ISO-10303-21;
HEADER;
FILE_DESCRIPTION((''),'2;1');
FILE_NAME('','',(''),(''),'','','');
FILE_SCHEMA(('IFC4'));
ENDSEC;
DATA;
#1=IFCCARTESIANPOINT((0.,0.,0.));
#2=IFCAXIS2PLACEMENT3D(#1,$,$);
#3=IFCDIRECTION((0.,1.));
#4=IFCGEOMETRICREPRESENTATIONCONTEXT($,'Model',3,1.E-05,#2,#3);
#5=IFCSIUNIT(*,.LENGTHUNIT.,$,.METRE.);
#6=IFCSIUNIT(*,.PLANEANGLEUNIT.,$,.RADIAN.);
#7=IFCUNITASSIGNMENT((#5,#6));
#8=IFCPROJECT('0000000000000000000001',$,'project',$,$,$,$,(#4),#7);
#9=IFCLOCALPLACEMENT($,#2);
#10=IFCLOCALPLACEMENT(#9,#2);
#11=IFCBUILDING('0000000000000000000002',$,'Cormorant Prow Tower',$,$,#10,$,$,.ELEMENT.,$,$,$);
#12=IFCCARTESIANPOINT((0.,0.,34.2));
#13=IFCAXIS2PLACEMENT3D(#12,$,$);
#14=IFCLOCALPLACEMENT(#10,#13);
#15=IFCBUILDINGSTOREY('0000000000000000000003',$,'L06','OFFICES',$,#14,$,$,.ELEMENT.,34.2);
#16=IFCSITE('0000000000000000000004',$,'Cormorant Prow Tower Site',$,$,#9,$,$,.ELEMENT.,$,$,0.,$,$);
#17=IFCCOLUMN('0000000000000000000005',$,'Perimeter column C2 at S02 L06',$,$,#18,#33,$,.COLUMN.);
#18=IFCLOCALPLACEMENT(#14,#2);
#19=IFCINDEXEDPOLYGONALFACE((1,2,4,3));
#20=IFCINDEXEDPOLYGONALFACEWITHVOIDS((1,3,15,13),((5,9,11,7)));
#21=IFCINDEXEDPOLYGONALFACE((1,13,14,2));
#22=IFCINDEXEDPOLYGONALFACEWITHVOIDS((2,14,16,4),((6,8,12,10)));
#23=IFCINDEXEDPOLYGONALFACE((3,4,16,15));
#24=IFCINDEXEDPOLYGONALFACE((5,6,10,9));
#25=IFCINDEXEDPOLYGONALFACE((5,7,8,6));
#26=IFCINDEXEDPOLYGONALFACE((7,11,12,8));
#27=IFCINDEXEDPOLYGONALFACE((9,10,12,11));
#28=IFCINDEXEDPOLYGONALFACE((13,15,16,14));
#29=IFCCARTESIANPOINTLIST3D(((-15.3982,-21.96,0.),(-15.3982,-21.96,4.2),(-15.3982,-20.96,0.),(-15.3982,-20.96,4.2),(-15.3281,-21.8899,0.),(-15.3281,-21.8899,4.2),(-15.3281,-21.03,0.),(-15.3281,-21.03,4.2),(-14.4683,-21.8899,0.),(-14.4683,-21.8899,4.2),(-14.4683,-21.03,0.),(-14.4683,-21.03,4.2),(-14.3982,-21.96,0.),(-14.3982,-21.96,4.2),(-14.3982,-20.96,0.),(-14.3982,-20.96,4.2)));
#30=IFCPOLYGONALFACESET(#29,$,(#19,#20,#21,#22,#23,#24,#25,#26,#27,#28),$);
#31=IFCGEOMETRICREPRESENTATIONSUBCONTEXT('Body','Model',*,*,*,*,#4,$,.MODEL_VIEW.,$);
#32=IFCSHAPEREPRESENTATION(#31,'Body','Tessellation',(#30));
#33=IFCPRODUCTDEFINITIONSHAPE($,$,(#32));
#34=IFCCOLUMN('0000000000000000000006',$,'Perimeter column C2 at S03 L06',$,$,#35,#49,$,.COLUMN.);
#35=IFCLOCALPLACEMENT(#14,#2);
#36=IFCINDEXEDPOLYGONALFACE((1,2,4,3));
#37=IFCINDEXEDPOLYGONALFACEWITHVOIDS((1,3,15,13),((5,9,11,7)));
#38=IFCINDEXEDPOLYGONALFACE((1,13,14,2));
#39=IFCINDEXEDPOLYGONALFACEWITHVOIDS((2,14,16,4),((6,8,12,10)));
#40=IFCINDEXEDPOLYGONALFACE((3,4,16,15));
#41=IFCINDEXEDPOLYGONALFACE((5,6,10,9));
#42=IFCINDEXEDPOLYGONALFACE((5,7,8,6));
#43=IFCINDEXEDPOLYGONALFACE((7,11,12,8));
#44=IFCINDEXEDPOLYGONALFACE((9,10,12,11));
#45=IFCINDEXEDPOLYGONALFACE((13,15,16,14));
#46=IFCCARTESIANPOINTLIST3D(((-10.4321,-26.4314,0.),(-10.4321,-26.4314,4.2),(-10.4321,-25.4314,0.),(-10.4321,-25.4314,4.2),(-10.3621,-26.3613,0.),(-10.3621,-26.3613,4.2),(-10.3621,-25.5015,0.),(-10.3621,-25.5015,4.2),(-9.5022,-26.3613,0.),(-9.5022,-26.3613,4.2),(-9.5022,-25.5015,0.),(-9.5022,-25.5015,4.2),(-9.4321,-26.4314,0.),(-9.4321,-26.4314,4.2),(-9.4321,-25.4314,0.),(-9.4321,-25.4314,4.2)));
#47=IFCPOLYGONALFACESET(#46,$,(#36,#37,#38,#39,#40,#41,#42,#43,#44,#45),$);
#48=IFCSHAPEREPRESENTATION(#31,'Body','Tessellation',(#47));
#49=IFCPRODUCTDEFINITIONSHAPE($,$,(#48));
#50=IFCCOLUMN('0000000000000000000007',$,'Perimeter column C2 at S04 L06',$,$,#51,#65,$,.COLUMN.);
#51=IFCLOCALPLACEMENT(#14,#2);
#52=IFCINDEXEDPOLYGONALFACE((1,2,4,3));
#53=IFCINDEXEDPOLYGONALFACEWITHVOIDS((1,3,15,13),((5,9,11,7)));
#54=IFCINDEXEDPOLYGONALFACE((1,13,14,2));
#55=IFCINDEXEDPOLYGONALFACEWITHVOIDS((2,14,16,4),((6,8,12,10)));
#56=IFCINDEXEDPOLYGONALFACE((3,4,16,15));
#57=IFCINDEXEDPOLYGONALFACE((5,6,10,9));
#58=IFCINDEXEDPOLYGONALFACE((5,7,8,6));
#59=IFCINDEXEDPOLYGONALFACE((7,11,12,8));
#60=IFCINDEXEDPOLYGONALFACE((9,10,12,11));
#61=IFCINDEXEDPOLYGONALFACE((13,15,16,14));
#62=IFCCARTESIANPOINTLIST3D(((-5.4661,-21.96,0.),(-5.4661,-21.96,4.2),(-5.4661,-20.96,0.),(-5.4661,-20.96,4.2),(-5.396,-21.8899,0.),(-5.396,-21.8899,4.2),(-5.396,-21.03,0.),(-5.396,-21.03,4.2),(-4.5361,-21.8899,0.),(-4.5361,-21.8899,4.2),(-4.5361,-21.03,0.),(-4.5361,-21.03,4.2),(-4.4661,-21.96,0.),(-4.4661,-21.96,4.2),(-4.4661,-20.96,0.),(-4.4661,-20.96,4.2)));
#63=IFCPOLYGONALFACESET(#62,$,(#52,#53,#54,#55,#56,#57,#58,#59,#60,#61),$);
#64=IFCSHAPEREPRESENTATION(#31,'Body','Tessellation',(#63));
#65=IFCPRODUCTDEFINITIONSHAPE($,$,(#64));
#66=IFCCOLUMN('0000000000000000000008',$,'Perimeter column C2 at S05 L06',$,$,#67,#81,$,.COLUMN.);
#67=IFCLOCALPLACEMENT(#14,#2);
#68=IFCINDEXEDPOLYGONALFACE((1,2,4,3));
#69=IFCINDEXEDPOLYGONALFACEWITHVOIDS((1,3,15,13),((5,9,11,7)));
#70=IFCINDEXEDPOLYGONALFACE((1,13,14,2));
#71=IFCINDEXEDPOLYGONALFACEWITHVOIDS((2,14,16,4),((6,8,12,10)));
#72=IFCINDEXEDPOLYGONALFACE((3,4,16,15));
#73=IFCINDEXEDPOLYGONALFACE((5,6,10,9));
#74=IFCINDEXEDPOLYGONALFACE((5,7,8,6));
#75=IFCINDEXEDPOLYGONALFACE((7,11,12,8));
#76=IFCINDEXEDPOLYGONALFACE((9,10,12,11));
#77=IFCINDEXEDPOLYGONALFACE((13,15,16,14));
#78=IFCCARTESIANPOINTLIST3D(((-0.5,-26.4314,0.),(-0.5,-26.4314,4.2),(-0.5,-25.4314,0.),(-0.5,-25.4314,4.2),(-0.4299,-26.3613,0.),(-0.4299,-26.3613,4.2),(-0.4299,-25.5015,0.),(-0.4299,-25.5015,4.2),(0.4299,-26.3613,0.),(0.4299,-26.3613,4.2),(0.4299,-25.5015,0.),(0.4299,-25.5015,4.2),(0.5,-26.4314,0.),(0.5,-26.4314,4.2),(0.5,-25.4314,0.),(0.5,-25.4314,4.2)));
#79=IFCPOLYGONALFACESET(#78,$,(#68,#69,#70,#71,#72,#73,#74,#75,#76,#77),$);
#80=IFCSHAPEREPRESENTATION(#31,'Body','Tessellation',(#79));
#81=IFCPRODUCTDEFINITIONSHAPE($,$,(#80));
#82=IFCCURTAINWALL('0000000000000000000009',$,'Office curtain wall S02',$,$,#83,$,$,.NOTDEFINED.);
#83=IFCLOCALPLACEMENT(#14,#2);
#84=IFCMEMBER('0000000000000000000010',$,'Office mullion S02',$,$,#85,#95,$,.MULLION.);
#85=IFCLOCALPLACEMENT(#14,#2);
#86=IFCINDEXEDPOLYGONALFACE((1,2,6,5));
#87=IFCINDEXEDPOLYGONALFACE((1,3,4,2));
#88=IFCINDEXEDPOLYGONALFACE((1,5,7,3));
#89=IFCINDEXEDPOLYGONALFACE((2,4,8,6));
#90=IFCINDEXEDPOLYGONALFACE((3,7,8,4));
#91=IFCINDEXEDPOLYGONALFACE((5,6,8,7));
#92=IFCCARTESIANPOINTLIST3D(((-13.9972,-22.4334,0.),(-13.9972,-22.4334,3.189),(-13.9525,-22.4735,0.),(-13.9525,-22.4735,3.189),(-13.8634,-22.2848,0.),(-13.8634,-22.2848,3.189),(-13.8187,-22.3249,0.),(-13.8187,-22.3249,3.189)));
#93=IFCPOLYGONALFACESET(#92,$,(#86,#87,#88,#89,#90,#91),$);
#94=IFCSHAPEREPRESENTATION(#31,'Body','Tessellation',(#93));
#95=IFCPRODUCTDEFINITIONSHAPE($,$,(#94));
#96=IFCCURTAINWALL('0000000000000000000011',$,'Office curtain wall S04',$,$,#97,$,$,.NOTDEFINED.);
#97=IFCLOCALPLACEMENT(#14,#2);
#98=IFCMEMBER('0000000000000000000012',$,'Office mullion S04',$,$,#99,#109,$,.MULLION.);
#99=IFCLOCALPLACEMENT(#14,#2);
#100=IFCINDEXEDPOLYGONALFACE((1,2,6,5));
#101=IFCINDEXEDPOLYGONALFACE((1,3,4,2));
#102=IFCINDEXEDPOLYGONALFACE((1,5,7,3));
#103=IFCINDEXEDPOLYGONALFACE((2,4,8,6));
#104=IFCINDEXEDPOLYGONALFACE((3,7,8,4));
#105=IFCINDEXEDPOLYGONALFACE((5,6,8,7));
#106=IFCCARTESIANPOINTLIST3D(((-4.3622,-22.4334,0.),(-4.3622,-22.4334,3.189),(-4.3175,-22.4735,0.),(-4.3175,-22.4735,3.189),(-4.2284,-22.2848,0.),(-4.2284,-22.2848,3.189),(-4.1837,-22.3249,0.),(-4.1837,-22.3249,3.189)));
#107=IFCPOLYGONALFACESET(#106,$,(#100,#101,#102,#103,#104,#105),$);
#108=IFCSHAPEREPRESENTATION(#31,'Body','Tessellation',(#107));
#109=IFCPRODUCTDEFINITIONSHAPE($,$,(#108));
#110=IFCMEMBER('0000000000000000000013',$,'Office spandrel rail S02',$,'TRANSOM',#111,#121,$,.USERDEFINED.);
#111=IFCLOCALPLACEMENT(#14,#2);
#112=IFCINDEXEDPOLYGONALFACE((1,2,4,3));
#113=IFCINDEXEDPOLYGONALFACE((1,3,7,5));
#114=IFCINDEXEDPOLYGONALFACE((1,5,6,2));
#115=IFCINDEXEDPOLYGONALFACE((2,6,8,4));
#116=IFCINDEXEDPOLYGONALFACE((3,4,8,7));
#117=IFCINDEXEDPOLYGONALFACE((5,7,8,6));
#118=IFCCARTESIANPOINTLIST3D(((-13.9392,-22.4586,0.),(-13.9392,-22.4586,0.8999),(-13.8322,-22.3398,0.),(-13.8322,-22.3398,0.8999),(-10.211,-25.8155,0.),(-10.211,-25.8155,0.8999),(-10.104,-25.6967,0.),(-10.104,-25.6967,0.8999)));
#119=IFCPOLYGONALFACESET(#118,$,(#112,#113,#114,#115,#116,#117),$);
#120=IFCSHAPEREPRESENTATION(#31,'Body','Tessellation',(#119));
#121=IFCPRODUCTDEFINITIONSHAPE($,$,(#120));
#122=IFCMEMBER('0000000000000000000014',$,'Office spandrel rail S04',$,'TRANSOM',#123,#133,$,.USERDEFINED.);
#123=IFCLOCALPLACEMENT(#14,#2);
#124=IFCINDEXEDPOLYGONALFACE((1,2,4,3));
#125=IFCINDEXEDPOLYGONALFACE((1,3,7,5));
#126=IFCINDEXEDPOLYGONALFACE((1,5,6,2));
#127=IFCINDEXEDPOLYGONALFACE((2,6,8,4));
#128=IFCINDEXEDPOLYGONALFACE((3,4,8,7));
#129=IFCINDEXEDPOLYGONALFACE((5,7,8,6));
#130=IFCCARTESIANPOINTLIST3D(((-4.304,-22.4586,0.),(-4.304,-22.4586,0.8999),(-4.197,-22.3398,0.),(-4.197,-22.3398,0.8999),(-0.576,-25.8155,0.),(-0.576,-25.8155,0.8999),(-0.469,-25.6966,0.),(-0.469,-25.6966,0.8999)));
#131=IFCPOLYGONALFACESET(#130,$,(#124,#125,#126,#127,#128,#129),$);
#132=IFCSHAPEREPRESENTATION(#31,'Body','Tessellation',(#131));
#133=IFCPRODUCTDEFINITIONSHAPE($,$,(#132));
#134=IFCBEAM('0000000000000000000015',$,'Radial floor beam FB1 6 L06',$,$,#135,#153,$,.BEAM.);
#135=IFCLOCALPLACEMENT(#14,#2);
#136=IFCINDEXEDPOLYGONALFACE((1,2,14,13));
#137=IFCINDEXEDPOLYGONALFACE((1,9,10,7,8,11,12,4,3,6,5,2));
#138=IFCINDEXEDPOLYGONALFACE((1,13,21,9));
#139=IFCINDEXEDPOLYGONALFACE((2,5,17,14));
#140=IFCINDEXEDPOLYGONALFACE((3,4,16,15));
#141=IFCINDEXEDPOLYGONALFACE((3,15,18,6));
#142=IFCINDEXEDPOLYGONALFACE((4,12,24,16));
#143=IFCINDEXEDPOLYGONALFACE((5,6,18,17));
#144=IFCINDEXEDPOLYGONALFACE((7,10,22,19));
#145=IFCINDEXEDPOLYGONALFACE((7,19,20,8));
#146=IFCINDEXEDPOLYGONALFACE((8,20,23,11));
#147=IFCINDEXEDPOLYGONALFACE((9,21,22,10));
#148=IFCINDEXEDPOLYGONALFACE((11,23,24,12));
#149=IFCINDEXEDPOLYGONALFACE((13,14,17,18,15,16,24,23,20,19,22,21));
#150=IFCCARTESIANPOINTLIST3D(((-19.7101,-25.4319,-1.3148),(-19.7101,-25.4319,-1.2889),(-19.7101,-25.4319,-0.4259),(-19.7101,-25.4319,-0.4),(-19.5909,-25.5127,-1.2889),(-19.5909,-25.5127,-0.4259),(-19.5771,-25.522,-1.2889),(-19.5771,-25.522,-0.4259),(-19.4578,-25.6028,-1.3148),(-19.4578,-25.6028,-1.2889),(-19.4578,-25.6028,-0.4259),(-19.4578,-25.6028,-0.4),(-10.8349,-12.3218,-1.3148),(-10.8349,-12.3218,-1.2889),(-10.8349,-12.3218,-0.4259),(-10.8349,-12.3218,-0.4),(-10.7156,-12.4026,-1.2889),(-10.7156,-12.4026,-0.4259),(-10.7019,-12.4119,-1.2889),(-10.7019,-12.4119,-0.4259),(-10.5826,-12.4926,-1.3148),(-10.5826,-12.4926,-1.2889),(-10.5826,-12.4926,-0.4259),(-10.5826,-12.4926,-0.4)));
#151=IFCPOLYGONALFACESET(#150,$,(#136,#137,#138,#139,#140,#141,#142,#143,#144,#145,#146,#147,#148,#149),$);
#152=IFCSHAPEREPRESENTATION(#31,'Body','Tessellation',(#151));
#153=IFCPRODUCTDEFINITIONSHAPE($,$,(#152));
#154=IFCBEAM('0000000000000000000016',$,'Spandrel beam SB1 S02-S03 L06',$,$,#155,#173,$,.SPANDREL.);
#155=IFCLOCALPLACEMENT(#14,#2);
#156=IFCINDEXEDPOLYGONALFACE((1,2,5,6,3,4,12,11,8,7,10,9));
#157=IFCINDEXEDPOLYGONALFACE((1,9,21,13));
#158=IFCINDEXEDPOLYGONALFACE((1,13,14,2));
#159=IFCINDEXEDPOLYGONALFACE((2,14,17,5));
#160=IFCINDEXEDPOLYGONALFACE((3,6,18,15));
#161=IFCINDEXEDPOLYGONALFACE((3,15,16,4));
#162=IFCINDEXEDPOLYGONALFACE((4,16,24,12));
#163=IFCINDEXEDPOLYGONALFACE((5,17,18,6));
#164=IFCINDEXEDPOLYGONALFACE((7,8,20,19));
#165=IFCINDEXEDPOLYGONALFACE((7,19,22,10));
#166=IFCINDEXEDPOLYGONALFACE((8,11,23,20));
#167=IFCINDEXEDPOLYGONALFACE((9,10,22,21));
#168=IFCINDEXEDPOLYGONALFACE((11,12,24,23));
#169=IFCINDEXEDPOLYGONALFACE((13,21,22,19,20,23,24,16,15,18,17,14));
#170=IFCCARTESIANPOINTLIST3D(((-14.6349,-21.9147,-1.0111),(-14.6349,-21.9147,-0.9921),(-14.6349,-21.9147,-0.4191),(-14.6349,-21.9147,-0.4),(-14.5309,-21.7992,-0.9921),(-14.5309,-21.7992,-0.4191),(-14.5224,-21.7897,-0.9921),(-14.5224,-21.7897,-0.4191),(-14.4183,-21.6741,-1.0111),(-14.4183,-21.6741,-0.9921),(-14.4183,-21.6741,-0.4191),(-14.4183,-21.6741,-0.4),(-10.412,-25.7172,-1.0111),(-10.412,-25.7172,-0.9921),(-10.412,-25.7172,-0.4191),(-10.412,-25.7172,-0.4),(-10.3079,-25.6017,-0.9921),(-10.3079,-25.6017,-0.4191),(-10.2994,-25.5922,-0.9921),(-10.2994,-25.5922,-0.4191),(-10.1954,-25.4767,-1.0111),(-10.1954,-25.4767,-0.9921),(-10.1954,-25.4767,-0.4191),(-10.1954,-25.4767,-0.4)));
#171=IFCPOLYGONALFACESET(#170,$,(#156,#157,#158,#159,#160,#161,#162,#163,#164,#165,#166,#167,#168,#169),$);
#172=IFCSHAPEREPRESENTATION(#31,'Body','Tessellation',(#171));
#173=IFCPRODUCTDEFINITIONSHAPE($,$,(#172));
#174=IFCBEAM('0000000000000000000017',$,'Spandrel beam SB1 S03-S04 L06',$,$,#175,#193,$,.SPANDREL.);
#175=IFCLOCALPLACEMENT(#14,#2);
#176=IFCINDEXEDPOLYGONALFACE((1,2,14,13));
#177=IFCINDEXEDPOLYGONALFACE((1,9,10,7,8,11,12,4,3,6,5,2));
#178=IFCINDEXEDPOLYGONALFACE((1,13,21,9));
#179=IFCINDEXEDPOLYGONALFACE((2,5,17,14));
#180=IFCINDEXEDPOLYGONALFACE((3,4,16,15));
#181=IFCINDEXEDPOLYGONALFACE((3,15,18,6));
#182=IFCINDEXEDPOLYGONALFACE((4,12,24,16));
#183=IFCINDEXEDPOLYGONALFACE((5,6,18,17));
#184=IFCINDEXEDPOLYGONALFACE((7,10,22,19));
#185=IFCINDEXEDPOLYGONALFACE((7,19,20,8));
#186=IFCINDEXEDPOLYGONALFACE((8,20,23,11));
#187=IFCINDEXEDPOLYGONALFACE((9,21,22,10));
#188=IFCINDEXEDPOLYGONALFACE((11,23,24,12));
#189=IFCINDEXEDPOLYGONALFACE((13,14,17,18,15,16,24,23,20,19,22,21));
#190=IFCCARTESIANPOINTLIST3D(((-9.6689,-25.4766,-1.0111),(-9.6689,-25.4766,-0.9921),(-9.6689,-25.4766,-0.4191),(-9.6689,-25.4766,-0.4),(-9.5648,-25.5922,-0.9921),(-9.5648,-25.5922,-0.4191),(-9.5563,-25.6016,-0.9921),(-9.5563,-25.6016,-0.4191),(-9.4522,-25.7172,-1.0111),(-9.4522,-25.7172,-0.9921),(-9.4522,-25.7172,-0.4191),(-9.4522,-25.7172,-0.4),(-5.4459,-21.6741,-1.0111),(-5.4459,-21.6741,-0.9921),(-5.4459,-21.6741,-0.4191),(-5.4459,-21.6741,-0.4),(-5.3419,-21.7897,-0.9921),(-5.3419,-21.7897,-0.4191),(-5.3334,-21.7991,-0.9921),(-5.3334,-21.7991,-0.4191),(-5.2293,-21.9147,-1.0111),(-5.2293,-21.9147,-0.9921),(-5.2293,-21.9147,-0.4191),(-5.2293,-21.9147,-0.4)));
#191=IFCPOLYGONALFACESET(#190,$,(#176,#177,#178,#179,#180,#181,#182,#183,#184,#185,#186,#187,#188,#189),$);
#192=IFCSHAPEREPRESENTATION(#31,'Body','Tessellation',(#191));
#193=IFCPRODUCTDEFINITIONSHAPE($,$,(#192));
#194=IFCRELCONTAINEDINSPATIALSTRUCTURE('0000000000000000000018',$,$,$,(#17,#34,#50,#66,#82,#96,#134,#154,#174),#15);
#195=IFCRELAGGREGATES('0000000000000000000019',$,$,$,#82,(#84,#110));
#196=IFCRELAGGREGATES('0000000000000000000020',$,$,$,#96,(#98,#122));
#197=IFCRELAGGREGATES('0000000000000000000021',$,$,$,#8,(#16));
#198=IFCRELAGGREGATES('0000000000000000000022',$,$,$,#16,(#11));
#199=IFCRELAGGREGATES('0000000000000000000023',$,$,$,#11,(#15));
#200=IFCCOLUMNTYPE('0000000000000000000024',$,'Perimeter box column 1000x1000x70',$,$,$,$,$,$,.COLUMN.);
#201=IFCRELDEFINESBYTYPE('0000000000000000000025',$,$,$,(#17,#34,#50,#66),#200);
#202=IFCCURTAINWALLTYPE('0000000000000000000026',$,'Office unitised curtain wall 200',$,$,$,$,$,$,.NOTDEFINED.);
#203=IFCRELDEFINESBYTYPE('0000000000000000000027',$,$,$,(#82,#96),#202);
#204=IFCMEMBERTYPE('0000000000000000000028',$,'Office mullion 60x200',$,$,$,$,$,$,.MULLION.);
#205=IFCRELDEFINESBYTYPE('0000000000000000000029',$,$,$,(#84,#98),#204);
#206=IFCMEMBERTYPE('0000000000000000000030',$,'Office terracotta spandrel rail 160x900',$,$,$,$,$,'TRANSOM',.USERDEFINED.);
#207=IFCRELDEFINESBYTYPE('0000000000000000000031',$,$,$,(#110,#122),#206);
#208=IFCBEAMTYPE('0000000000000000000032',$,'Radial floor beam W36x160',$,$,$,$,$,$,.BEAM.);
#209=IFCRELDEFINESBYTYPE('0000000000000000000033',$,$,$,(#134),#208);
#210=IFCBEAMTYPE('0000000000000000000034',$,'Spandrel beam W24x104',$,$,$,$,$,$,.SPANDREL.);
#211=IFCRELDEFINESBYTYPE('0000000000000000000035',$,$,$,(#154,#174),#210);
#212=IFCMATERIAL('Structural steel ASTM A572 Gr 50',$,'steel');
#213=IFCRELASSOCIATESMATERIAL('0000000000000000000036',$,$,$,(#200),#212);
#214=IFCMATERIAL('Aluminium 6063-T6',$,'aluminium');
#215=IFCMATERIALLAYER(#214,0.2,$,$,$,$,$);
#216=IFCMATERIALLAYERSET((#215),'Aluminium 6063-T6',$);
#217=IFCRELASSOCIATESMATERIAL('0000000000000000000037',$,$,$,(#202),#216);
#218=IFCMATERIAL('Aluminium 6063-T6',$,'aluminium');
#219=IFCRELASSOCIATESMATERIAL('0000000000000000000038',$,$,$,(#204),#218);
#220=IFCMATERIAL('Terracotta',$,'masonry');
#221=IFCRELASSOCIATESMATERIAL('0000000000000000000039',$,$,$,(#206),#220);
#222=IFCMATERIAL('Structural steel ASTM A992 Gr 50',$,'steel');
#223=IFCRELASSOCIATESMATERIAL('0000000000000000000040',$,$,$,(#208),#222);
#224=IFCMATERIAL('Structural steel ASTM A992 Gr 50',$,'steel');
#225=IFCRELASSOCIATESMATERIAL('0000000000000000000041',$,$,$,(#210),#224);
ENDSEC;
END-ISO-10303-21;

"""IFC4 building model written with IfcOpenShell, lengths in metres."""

from ifc_helpers import new_model, si_unit, direction, frame, origin, origin_2d, place, context, subcontext, project, spatial, rectangle, hollow_rectangle, i_section, extrude, material, layer, layer_set, material_profile, profile_set, type_object, element, aggregate, save


model = new_model("IFC4")

# Units and contexts
model_context = context("Model", 3, precision=1e-05, world=origin(), true_north=direction((0.0, 1.0)))
body_context = subcontext(model_context, "Body", "Model", "MODEL_VIEW")
ifc_project = project(units=[si_unit("LENGTHUNIT", "METRE"), si_unit("PLANEANGLEUNIT", "RADIAN")], contexts=[model_context])

# Site, building, storey
site_placement = place(None, origin())
site = spatial("IfcSite", under=ifc_project, at=site_placement, Name="Cormorant Prow Tower Site", CompositionType="ELEMENT", RefElevation=0.0)
building_placement = place(site_placement, origin())
building = spatial("IfcBuilding", under=site, at=building_placement, Name="Cormorant Prow Tower", CompositionType="ELEMENT")
storey_placement = place(building_placement, frame((0.0, 0.0, 34.2)))
storey = spatial("IfcBuildingStorey", under=building, at=storey_placement, Name="L06", Description="OFFICES", CompositionType="ELEMENT", Elevation=34.2)

# Columns
ifc_material_1 = material(Name="Structural steel ASTM A572 Gr 50", Category="steel")
ifc_material_profile_1 = material_profile(ifc_material_1, hollow_rectangle(XDim=1.0, YDim=1.0, WallThickness=0.0701, at=origin_2d()), Name="Box 1000x1000x70")
ifc_profile_set_1 = profile_set([ifc_material_profile_1], Name="Structural steel ASTM A572 Gr 50")
column_type = type_object("IfcColumnType", Name="Perimeter box column 1000x1000x70", PredefinedType="COLUMN", material=ifc_profile_set_1)
for number, where, z_axis, x_axis, name in (
    (1, (-14.8982, -21.46, 0.0), (0.0, 0.0, 1.0), (1.0, 0.0, 0.0), "Perimeter column C2 at S02 L06"),
    (2, (-9.9321, -25.9314, 0.0), (0.0, 0.0, 1.0), (1.0, 0.0, 0.0), "Perimeter column C2 at S03 L06"),
    (3, (-4.9661, -21.46, 0.0), (0.0, 0.0, 1.0), (1.0, 0.0, 0.0), "Perimeter column C2 at S04 L06"),
    (4, (0.0, -25.9314, 0.0), (0.0, 0.0, 1.0), (1.0, 0.0, 0.0), "Perimeter column C2 at S05 L06"),
):
    element("IfcColumn", number, at=place(storey_placement, frame(where, z_axis=z_axis, x_axis=x_axis)), inside=storey, type_object=column_type, Name=name, PredefinedType="COLUMN", context=body_context, shape_type="SweptSolid", body=[
        extrude(hollow_rectangle(XDim=1.0, YDim=1.0, WallThickness=0.0701, at=origin_2d()), origin(), (0.0, 0.0, 1.0), 4.2),
    ])

# Curtain walls, members
ifc_material_2 = material(Name="Aluminium 6063-T6", Category="aluminium")
ifc_layer_1 = layer(ifc_material_2, 0.2)
ifc_layer_set_1 = layer_set([ifc_layer_1], Name="Aluminium 6063-T6")
curtain_wall_type = type_object("IfcCurtainWallType", Name="Office unitised curtain wall 200", PredefinedType="NOTDEFINED", material=ifc_layer_set_1)
curtain_wall_1_placement = place(storey_placement, origin())
curtain_wall_1 = element("IfcCurtainWall", 5, at=curtain_wall_1_placement, inside=storey, type_object=curtain_wall_type, Name="Office curtain wall S02", PredefinedType="NOTDEFINED")
ifc_material_3 = material(Name="Aluminium 6063-T6", Category="aluminium")
ifc_material_profile_2 = material_profile(ifc_material_3, rectangle(XDim=0.2, YDim=0.0601, at=origin_2d()), Name="Office mullion 60x200")
ifc_profile_set_2 = profile_set([ifc_material_profile_2], Name="Aluminium 6063-T6")
member_type_1 = type_object("IfcMemberType", Name="Office mullion 60x200", PredefinedType="MULLION", material=ifc_profile_set_2)
member_1_placement = place(storey_placement, frame((-13.908, -22.3792, 0.0), z_axis=(0.0, 0.0, 1.0), x_axis=(0.669131, 0.743145, 0.0)))
member_1 = element("IfcMember", 6, at=member_1_placement, type_object=member_type_1, Name="Office mullion S02", PredefinedType="MULLION", context=body_context, shape_type="SweptSolid", body=[
    extrude(rectangle(XDim=0.2, YDim=0.0601, at=origin_2d()), origin(), (0.0, 0.0, 1.0), 3.189),
])
curtain_wall_2_placement = place(storey_placement, origin())
curtain_wall_2 = element("IfcCurtainWall", 7, at=curtain_wall_2_placement, inside=storey, type_object=curtain_wall_type, Name="Office curtain wall S04", PredefinedType="NOTDEFINED")
member_2_placement = place(storey_placement, frame((-4.2729, -22.3792, 0.0), z_axis=(0.0, 0.0, 1.0), x_axis=(0.669131, 0.743145, 0.0)))
member_2 = element("IfcMember", 8, at=member_2_placement, type_object=member_type_1, Name="Office mullion S04", PredefinedType="MULLION", context=body_context, shape_type="SweptSolid", body=[
    extrude(rectangle(XDim=0.2, YDim=0.0601, at=origin_2d()), origin(), (0.0, 0.0, 1.0), 3.189),
])

# Members
ifc_material_4 = material(Name="Terracotta", Category="masonry")
ifc_material_profile_3 = material_profile(ifc_material_4, rectangle(XDim=0.1599, YDim=0.8999, at=origin_2d()), Name="Office terracotta spandrel rail 160x900")
ifc_profile_set_3 = profile_set([ifc_material_profile_3], Name="Terracotta")
member_type_2 = type_object("IfcMemberType", Name="Office terracotta spandrel rail 160x900", ElementType="TRANSOM", PredefinedType="USERDEFINED", material=ifc_profile_set_3)
member_3_placement = place(storey_placement, frame((-13.8857, -22.3992, 0.45), z_axis=(0.743147, -0.669129, 0.0), x_axis=(0.669129, 0.743147, 0.0)))
member_3 = element("IfcMember", 9, at=member_3_placement, type_object=member_type_2, Name="Office spandrel rail S02", ObjectType="TRANSOM", PredefinedType="USERDEFINED", context=body_context, shape_type="SweptSolid", body=[
    extrude(rectangle(XDim=0.1599, YDim=0.8999, at=origin_2d()), origin(), (0.0, 0.0, 1.0), 5.0168),
])
member_4_placement = place(storey_placement, frame((-4.2505, -22.3992, 0.45), z_axis=(0.743125, -0.669153, 0.0), x_axis=(0.669153, 0.743125, 0.0)))
member_4 = element("IfcMember", 10, at=member_4_placement, type_object=member_type_2, Name="Office spandrel rail S04", ObjectType="TRANSOM", PredefinedType="USERDEFINED", context=body_context, shape_type="SweptSolid", body=[
    extrude(rectangle(XDim=0.1599, YDim=0.8999, at=origin_2d()), origin(), (0.0, 0.0, 1.0), 5.0166),
])

# Beams
ifc_material_5 = material(Name="Structural steel ASTM A992 Gr 50", Category="steel")
ifc_material_profile_4 = material_profile(ifc_material_5, i_section(OverallWidth=0.3047, OverallDepth=0.9148, WebThickness=0.0166, FlangeThickness=0.0259, at=origin_2d()), Name="W36x160")
ifc_profile_set_4 = profile_set([ifc_material_profile_4], Name="Structural steel ASTM A992 Gr 50")
beam_type_1 = type_object("IfcBeamType", Name="Radial floor beam W36x160", PredefinedType="BEAM", material=ifc_profile_set_4)
beam_placement = place(storey_placement, frame((-10.7087, -12.4072, -0.8574), z_axis=(-0.560597, -0.828089, 0.0), x_axis=(0.828089, -0.560597, 0.0)))
element("IfcBeam", 11, at=beam_placement, inside=storey, type_object=beam_type_1, Name="Radial floor beam FB1 6 L06", PredefinedType="BEAM", context=body_context, shape_type="SweptSolid", body=[
    extrude(i_section(OverallWidth=0.3047, OverallDepth=0.9148, WebThickness=0.0166, FlangeThickness=0.0259, at=origin_2d()), origin(), (0.0, 0.0, 1.0), 15.8318),
])
ifc_material_6 = material(Name="Structural steel ASTM A992 Gr 50", Category="steel")
ifc_material_profile_5 = material_profile(ifc_material_6, i_section(OverallWidth=0.3237, OverallDepth=0.6111, WebThickness=0.0127, FlangeThickness=0.019, at=origin_2d()), Name="W24x104")
ifc_profile_set_5 = profile_set([ifc_material_profile_5], Name="Structural steel ASTM A992 Gr 50")
beam_type_2 = type_object("IfcBeamType", Name="Spandrel beam W24x104", PredefinedType="SPANDREL", material=ifc_profile_set_5)
for number, where, z_axis, x_axis, name in (
    (12, (-14.5266, -21.7944, -0.7056), (0.74313, -0.669147, 0.0), (0.669147, 0.74313, 0.0), "Spandrel beam SB1 S02-S03 L06"),
    (13, (-9.5605, -25.5969, -0.7056), (0.74313, 0.669147, 0.0), (-0.669147, 0.74313, 0.0), "Spandrel beam SB1 S03-S04 L06"),
):
    element("IfcBeam", number, at=place(storey_placement, frame(where, z_axis=z_axis, x_axis=x_axis)), inside=storey, type_object=beam_type_2, Name=name, PredefinedType="SPANDREL", context=body_context, shape_type="SweptSolid", body=[
        extrude(i_section(OverallWidth=0.3237, OverallDepth=0.6111, WebThickness=0.0127, FlangeThickness=0.019, at=origin_2d()), origin(), (0.0, 0.0, 1.0), 5.6826),
    ])

aggregate(curtain_wall_1, [member_1, member_3])
aggregate(curtain_wall_2, [member_2, member_4])

save(model, "model.ifc")
